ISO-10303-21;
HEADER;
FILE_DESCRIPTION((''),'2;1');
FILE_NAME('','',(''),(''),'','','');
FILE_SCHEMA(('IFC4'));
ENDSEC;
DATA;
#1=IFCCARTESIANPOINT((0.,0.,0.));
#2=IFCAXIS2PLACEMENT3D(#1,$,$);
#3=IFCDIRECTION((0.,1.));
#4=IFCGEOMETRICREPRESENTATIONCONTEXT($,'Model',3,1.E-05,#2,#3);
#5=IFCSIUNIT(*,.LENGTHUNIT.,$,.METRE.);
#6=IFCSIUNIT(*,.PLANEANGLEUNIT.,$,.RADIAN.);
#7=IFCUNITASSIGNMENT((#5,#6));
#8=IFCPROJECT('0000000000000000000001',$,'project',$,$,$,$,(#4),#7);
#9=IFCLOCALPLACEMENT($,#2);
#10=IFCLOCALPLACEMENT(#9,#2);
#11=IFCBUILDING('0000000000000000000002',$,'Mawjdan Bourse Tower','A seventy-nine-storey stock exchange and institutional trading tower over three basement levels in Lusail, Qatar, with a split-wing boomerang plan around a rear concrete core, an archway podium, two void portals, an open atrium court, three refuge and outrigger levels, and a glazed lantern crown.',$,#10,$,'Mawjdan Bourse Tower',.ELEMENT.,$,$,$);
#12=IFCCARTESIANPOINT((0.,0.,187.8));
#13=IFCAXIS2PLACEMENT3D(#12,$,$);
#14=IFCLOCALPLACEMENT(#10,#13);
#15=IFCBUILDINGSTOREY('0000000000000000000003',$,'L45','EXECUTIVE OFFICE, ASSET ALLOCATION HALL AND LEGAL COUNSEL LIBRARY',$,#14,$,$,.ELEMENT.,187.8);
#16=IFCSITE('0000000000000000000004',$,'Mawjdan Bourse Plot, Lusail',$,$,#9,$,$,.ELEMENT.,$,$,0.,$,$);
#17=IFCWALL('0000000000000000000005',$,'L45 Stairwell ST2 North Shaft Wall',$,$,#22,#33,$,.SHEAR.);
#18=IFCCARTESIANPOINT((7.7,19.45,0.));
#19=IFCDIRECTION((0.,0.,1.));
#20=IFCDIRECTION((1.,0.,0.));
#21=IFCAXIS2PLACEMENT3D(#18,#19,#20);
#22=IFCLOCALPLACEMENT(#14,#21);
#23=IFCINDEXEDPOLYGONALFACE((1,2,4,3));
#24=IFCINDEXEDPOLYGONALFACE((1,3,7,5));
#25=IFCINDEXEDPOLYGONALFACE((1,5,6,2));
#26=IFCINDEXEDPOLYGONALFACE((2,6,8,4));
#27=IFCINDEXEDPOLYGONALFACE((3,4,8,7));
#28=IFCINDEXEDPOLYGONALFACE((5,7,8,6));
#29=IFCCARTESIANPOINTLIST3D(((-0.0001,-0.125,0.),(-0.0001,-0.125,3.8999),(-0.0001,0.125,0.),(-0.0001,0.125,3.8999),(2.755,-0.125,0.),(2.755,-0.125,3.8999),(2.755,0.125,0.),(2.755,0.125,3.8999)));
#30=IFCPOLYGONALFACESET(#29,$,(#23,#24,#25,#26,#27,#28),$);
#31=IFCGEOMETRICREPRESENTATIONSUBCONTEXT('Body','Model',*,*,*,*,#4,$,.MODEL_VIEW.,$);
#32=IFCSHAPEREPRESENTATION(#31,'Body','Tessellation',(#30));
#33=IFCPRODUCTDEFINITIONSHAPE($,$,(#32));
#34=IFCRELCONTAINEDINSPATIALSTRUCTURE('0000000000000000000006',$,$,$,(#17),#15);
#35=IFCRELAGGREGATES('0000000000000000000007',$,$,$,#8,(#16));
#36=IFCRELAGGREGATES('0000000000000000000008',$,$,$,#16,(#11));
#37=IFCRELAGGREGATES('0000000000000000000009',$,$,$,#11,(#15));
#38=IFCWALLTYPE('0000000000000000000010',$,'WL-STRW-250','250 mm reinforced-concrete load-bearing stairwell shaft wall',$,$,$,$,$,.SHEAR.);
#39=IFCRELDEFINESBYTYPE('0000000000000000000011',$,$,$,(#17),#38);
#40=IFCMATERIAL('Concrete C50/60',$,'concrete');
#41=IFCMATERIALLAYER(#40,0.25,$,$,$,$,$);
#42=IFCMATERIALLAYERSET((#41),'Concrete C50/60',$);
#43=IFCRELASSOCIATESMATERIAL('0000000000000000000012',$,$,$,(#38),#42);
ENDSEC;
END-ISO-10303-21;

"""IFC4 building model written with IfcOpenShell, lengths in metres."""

from ifc_helpers import new_model, si_unit, direction, frame, frame_2d, origin, place, context, subcontext, project, spatial, rectangle, extrude, material, layer, layer_set, type_object, element, save


model = new_model("IFC4")

# Units and contexts
model_context = context("Model", 3, precision=1e-05, world=origin(), true_north=direction((0.0, 1.0)))
body_context = subcontext(model_context, "Body", "Model", "MODEL_VIEW")
ifc_project = project(units=[si_unit("LENGTHUNIT", "METRE"), si_unit("PLANEANGLEUNIT", "RADIAN")], contexts=[model_context])

# Site, building, storey
site_placement = place(None, origin())
site = spatial("IfcSite", under=ifc_project, at=site_placement, Name="Mawjdan Bourse Plot, Lusail", CompositionType="ELEMENT", RefElevation=0.0)
building_placement = place(site_placement, origin())
building = spatial("IfcBuilding", under=site, at=building_placement, Name="Mawjdan Bourse Tower", Description="A seventy-nine-storey stock exchange and institutional trading tower over three basement levels in Lusail, Qatar, with a split-wing boomerang plan around a rear concrete core, an archway podium, two void portals, an open atrium court, three refuge and outrigger levels, and a glazed lantern crown.", LongName="Mawjdan Bourse Tower", CompositionType="ELEMENT")
storey_placement = place(building_placement, frame((0.0, 0.0, 187.8)))
storey = spatial("IfcBuildingStorey", under=building, at=storey_placement, Name="L45", Description="EXECUTIVE OFFICE, ASSET ALLOCATION HALL AND LEGAL COUNSEL LIBRARY", CompositionType="ELEMENT", Elevation=187.8)

# Shared definitions
ifc_material_1 = material(Name="Concrete C50/60", Category="concrete")

# Wall
ifc_layer_1 = layer(ifc_material_1, 0.25)
ifc_layer_set_1 = layer_set([ifc_layer_1], Name="Concrete C50/60")
wall_type_1 = type_object("IfcWallType", Name="WL-STRW-250", Description="250 mm reinforced-concrete load-bearing stairwell shaft wall", PredefinedType="SHEAR", material=ifc_layer_set_1)
wall_1_placement = place(storey_placement, frame((7.7, 19.45, 0.0), z_axis=(0.0, 0.0, 1.0), x_axis=(1.0, 0.0, 0.0)))
element("IfcWall", 1, at=wall_1_placement, inside=storey, type_object=wall_type_1, Name="L45 Stairwell ST2 North Shaft Wall", PredefinedType="SHEAR", context=body_context, shape_type="SweptSolid", body=[
    extrude(rectangle(XDim=2.7551, YDim=0.25, at=frame_2d((1.3774, 0.0))), origin(), (0.0, 0.0, 1.0), 3.8999),
])

save(model, "model.ifc")
